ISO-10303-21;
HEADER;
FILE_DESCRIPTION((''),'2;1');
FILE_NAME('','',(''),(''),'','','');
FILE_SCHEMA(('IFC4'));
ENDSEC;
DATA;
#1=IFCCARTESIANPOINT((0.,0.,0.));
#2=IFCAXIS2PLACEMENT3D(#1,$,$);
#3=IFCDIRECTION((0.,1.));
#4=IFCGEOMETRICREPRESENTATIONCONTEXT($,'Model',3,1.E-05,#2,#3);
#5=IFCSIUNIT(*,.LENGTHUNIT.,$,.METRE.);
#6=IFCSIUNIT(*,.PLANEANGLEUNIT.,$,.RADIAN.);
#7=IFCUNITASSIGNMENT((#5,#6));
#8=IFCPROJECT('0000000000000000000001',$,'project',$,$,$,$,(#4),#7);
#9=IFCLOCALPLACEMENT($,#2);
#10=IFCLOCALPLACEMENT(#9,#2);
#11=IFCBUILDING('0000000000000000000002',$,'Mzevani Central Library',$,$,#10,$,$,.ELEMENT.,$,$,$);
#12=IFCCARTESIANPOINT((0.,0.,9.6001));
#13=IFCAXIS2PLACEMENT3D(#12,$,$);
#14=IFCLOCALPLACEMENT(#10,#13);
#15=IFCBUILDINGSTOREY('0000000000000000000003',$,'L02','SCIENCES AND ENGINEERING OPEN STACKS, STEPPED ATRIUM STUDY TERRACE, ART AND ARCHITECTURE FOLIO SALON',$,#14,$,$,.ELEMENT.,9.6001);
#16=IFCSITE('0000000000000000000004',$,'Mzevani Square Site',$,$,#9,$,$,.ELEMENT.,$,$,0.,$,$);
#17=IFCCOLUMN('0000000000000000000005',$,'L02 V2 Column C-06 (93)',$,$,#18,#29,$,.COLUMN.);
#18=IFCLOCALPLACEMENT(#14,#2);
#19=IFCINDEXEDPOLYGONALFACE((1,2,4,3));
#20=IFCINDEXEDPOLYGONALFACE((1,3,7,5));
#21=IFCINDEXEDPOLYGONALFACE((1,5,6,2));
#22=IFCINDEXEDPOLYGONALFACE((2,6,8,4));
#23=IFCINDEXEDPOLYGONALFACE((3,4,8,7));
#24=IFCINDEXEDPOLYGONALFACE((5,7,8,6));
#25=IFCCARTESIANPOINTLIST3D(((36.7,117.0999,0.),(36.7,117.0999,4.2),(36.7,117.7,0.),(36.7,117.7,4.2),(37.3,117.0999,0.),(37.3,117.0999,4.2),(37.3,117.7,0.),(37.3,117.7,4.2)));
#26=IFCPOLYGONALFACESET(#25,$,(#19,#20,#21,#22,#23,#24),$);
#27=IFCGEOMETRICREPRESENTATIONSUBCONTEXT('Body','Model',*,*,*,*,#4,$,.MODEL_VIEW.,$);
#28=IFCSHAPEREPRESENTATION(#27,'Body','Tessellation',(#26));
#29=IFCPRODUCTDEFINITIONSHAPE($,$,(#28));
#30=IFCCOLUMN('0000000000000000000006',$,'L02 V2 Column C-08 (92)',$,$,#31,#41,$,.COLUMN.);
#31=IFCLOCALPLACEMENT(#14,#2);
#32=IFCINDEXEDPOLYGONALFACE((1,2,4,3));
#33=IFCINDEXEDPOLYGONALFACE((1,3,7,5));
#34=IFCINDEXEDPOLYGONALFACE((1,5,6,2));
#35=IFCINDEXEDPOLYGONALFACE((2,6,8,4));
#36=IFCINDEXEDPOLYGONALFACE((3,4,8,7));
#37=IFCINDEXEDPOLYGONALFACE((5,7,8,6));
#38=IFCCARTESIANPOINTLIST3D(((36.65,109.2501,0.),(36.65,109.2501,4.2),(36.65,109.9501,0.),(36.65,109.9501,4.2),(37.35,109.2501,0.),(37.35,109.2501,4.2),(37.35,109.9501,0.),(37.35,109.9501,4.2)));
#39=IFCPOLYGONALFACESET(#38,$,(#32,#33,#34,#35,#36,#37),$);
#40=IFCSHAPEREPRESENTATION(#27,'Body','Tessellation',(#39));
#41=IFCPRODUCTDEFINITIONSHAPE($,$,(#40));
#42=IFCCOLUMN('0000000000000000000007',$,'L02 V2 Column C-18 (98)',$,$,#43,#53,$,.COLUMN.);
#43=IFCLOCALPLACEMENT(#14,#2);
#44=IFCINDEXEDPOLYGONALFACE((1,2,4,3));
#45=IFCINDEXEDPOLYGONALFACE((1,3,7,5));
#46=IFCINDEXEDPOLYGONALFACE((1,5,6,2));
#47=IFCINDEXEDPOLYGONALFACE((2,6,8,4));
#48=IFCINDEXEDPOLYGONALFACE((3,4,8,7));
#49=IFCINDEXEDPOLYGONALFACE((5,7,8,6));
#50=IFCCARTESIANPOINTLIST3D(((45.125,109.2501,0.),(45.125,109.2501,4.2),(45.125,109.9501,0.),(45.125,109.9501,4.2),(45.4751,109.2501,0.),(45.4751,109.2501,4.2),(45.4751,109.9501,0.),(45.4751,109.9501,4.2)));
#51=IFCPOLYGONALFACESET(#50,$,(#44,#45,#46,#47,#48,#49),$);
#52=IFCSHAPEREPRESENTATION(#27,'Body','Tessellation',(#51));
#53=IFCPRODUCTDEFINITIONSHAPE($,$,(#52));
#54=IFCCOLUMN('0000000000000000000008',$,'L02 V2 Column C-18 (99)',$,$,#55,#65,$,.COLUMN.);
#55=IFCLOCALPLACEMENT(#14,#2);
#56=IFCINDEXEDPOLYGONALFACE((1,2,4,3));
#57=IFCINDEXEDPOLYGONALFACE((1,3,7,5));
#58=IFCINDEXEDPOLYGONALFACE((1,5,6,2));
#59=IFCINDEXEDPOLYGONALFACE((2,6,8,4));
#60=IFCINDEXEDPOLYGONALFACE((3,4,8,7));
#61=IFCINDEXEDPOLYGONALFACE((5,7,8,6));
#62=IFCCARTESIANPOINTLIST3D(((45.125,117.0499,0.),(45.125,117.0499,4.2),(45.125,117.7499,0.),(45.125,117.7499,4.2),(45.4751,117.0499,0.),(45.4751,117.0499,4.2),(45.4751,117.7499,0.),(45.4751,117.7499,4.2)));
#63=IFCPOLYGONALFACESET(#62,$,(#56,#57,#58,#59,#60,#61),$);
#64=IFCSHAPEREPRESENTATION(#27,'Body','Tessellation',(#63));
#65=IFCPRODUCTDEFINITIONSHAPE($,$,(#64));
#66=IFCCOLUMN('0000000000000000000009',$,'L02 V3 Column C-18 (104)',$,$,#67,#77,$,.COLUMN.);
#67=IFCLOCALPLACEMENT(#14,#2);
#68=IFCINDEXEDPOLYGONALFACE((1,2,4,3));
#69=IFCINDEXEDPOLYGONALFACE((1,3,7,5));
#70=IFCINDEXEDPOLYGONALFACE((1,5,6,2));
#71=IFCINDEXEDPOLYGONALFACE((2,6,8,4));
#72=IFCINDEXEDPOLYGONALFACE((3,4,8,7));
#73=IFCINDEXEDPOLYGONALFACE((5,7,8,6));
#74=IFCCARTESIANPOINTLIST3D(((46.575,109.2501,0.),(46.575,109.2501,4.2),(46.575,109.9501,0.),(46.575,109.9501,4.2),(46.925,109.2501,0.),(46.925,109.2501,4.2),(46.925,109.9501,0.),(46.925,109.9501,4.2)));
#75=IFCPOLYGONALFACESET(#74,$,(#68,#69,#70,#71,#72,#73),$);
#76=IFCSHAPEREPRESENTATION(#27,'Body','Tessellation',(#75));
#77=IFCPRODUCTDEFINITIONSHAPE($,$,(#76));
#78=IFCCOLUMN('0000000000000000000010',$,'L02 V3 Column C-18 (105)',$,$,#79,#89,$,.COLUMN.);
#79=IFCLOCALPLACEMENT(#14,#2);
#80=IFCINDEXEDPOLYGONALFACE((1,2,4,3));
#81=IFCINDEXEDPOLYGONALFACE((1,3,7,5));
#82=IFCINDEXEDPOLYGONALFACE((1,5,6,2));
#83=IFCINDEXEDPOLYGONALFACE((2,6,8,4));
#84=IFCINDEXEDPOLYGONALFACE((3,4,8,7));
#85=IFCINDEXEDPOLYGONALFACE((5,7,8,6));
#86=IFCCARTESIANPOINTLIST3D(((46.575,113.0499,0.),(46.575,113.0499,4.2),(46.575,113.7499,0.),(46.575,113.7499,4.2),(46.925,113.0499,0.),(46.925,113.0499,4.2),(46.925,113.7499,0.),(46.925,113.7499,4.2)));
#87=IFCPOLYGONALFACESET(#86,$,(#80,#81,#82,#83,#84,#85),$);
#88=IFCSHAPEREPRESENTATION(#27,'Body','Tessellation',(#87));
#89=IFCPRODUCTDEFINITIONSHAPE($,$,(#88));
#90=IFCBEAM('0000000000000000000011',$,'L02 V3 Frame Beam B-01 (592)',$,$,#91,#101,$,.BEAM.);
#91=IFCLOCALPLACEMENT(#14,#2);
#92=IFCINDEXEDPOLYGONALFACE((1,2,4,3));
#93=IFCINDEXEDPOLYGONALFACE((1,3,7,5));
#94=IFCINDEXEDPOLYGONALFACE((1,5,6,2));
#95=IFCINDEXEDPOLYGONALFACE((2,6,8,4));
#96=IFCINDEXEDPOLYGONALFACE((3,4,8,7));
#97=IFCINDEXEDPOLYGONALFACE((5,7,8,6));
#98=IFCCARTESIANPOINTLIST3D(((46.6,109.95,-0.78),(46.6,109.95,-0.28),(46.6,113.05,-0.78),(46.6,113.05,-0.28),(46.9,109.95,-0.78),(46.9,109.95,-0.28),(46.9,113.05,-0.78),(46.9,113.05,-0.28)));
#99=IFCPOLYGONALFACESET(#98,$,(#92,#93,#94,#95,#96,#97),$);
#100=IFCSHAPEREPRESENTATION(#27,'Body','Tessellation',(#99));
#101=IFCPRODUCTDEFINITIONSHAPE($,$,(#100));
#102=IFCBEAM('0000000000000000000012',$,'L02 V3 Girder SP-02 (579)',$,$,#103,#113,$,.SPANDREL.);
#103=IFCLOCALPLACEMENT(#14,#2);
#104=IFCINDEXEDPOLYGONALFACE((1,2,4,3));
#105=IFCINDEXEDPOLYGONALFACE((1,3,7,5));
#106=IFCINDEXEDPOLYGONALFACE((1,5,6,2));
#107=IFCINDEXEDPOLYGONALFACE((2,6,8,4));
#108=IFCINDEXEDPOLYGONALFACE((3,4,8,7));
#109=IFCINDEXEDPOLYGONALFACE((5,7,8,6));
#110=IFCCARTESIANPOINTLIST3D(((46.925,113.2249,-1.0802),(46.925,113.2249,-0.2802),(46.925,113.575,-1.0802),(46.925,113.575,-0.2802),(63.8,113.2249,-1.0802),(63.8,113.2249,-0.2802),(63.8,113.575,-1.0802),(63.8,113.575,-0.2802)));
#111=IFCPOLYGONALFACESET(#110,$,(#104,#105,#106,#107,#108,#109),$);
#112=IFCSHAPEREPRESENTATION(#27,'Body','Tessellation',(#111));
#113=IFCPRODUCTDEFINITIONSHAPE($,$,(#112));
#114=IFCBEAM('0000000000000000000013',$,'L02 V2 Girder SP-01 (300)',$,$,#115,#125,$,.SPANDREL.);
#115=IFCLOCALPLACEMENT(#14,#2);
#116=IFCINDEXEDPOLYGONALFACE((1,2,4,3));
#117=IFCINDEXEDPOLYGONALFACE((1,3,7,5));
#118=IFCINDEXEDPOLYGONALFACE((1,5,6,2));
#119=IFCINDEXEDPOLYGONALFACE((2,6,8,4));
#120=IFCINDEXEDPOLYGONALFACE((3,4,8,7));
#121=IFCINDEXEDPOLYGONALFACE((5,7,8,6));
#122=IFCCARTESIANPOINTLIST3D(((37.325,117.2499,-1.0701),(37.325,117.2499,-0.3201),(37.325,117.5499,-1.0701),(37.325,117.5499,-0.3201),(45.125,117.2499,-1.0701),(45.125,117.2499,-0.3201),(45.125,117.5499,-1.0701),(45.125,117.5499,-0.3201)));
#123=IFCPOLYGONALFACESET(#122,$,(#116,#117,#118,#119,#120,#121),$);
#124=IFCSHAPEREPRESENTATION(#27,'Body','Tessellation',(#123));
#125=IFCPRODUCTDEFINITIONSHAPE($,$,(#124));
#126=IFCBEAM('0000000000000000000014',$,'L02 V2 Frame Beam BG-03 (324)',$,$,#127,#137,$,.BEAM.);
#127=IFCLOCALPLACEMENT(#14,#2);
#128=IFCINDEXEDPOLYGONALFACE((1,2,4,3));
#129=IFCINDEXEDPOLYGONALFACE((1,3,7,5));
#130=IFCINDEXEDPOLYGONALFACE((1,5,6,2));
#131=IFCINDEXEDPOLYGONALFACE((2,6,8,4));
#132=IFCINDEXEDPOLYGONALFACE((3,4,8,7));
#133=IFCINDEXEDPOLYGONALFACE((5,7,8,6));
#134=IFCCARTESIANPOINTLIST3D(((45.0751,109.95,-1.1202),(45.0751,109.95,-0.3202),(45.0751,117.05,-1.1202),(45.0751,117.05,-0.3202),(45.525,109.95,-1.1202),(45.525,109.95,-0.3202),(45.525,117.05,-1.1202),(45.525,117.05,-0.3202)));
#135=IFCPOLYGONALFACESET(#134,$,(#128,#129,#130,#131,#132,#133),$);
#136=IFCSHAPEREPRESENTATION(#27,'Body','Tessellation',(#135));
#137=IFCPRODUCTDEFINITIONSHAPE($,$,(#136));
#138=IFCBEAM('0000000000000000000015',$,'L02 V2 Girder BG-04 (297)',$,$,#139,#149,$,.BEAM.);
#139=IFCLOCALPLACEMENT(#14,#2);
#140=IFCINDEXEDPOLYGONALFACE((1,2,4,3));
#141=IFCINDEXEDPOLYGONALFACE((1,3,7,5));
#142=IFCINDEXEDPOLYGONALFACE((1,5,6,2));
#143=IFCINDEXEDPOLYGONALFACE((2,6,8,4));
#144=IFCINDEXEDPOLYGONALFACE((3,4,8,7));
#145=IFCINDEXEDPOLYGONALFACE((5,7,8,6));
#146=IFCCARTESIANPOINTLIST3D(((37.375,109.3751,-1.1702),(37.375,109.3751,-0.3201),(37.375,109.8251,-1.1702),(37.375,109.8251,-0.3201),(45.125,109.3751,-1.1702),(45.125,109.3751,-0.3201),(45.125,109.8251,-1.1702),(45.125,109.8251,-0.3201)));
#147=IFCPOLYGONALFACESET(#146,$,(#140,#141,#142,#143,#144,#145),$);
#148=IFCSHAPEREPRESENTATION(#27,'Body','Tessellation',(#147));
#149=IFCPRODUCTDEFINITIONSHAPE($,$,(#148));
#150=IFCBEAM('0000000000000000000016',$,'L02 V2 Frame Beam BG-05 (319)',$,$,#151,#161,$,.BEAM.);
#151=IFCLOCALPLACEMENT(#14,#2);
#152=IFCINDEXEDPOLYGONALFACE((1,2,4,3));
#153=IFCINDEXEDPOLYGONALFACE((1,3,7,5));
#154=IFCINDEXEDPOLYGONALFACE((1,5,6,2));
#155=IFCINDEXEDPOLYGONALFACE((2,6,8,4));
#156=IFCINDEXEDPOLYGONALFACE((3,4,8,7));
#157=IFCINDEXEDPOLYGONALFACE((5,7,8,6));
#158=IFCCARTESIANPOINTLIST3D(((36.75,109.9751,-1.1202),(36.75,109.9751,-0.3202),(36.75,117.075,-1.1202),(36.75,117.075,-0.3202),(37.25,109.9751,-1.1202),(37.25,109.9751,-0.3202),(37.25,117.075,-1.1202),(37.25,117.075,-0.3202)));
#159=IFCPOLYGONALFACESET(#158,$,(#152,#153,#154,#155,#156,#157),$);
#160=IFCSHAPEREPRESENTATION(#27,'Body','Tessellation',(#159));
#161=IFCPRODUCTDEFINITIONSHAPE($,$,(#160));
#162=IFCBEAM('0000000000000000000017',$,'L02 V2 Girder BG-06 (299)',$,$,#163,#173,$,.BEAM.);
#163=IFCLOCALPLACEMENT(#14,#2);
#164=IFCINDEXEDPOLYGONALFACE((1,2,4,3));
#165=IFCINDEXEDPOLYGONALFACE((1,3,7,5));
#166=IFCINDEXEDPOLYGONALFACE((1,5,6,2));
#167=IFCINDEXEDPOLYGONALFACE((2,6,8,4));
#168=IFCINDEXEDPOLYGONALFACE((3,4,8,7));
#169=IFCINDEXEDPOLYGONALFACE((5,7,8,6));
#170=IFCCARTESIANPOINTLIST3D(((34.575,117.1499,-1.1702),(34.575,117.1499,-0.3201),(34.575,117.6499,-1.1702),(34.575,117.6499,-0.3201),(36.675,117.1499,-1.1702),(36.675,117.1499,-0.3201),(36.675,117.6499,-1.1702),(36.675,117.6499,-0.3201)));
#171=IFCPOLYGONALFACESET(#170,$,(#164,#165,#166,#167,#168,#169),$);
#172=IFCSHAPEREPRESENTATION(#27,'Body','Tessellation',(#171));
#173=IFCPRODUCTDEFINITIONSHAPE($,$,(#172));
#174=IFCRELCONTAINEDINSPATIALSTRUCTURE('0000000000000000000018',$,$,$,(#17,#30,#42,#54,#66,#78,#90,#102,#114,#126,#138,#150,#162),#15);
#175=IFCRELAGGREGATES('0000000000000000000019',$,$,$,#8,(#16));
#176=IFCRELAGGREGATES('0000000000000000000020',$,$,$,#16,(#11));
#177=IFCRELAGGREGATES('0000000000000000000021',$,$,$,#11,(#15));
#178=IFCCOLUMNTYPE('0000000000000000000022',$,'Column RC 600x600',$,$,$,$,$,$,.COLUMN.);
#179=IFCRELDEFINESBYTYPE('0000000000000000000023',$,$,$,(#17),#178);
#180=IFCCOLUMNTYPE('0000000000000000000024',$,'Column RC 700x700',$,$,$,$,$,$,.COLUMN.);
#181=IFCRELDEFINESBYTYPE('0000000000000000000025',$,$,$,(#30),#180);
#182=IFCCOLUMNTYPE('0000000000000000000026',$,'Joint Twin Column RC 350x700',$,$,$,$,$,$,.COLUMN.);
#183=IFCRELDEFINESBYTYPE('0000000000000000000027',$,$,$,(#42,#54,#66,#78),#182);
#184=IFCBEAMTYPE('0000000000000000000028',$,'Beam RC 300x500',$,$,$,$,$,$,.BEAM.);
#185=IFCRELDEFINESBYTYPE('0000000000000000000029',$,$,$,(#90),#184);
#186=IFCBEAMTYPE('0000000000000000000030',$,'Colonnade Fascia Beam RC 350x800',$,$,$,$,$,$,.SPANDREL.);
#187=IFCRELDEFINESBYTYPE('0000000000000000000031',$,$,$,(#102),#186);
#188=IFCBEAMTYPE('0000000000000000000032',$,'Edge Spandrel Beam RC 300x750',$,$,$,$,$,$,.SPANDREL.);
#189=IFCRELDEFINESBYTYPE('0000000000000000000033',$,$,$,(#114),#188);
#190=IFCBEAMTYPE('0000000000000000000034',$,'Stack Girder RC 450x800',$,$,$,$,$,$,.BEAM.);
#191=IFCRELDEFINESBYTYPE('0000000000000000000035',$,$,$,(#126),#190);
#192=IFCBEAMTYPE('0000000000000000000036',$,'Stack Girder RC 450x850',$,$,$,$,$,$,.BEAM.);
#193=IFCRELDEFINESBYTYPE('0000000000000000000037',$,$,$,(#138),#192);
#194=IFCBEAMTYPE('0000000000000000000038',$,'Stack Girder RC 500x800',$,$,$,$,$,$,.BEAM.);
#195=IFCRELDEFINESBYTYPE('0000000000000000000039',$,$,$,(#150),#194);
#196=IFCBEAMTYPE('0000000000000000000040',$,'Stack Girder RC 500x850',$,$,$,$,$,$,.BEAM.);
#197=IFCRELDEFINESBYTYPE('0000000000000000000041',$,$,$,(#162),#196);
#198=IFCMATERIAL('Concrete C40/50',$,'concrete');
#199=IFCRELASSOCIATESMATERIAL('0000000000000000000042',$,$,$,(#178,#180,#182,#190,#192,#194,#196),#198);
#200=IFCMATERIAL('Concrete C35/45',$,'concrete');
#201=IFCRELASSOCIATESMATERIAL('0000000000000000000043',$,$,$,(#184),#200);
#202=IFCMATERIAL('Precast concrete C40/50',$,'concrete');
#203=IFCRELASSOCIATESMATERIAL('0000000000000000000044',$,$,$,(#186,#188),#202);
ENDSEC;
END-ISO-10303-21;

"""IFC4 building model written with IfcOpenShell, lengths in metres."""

from ifc_helpers import new_model, si_unit, direction, frame, origin, origin_2d, place, context, subcontext, project, spatial, rectangle, extrude, material, material_profile, profile_set, type_object, element, save


model = new_model("IFC4")

# Units and contexts
model_context = context("Model", 3, precision=1e-05, world=origin(), true_north=direction((0.0, 1.0)))
body_context = subcontext(model_context, "Body", "Model", "MODEL_VIEW")
ifc_project = project(units=[si_unit("LENGTHUNIT", "METRE"), si_unit("PLANEANGLEUNIT", "RADIAN")], contexts=[model_context])

# Site, building, storey
site_placement = place(None, origin())
site = spatial("IfcSite", under=ifc_project, at=site_placement, Name="Mzevani Square Site", CompositionType="ELEMENT", RefElevation=0.0)
building_placement = place(site_placement, origin())
building = spatial("IfcBuilding", under=site, at=building_placement, Name="Mzevani Central Library", CompositionType="ELEMENT")
storey_placement = place(building_placement, frame((0.0, 0.0, 9.6001)))
storey = spatial("IfcBuildingStorey", under=building, at=storey_placement, Name="L02", Description="SCIENCES AND ENGINEERING OPEN STACKS, STEPPED ATRIUM STUDY TERRACE, ART AND ARCHITECTURE FOLIO SALON", CompositionType="ELEMENT", Elevation=9.6001)

# Columns
ifc_material_1 = material(Name="Concrete C40/50", Category="concrete")
ifc_material_profile_1 = material_profile(ifc_material_1, rectangle(XDim=0.6001, YDim=0.6001, at=origin_2d()), Name="RC 600x600")
ifc_profile_set_1 = profile_set([ifc_material_profile_1], Name="Concrete C40/50")
column_type_1 = type_object("IfcColumnType", Name="Column RC 600x600", PredefinedType="COLUMN", material=ifc_profile_set_1)
column_1_placement = place(storey_placement, frame((37.0, 117.3999, 0.0), z_axis=(0.0, 0.0, 1.0), x_axis=(1.0, 0.0, 0.0)))
element("IfcColumn", 1, at=column_1_placement, inside=storey, type_object=column_type_1, Name="L02 V2 Column C-06 (93)", PredefinedType="COLUMN", context=body_context, shape_type="SweptSolid", body=[
    extrude(rectangle(XDim=0.6001, YDim=0.6001, at=origin_2d()), origin(), (0.0, 0.0, 1.0), 4.2),
])
ifc_material_profile_2 = material_profile(ifc_material_1, rectangle(XDim=0.7, YDim=0.7, at=origin_2d()), Name="RC 700x700")
ifc_profile_set_2 = profile_set([ifc_material_profile_2], Name="Concrete C40/50")
column_type_2 = type_object("IfcColumnType", Name="Column RC 700x700", PredefinedType="COLUMN", material=ifc_profile_set_2)
column_2_placement = place(storey_placement, frame((37.0, 109.6001, 0.0), z_axis=(0.0, 0.0, 1.0), x_axis=(1.0, 0.0, 0.0)))
element("IfcColumn", 2, at=column_2_placement, inside=storey, type_object=column_type_2, Name="L02 V2 Column C-08 (92)", PredefinedType="COLUMN", context=body_context, shape_type="SweptSolid", body=[
    extrude(rectangle(XDim=0.7, YDim=0.7, at=origin_2d()), origin(), (0.0, 0.0, 1.0), 4.2),
])
ifc_material_profile_3 = material_profile(ifc_material_1, rectangle(XDim=0.3501, YDim=0.7, at=origin_2d()), Name="RC 350x700")
ifc_profile_set_3 = profile_set([ifc_material_profile_3], Name="Concrete C40/50")
column_type_3 = type_object("IfcColumnType", Name="Joint Twin Column RC 350x700", PredefinedType="COLUMN", material=ifc_profile_set_3)
for number, where, z_axis, x_axis, name in (
    (3, (45.3, 109.6001, 0.0), (0.0, 0.0, 1.0), (1.0, 0.0, 0.0), "L02 V2 Column C-18 (98)"),
    (4, (45.3, 117.3999, 0.0), (0.0, 0.0, 1.0), (1.0, 0.0, 0.0), "L02 V2 Column C-18 (99)"),
    (5, (46.75, 109.6001, 0.0), (0.0, 0.0, 1.0), (1.0, 0.0, 0.0), "L02 V3 Column C-18 (104)"),
    (6, (46.75, 113.3999, 0.0), (0.0, 0.0, 1.0), (1.0, 0.0, 0.0), "L02 V3 Column C-18 (105)"),
):
    element("IfcColumn", number, at=place(storey_placement, frame(where, z_axis=z_axis, x_axis=x_axis)), inside=storey, type_object=column_type_3, Name=name, PredefinedType="COLUMN", context=body_context, shape_type="SweptSolid", body=[
        extrude(rectangle(XDim=0.3501, YDim=0.7, at=origin_2d()), origin(), (0.0, 0.0, 1.0), 4.2),
    ])

# Beams
ifc_material_2 = material(Name="Concrete C35/45", Category="concrete")
ifc_material_profile_4 = material_profile(ifc_material_2, rectangle(XDim=0.3, YDim=0.5, at=origin_2d()), Name="RC B300x500")
ifc_profile_set_4 = profile_set([ifc_material_profile_4], Name="Concrete C35/45")
beam_type_1 = type_object("IfcBeamType", Name="Beam RC 300x500", PredefinedType="BEAM", material=ifc_profile_set_4)
beam_1_placement = place(storey_placement, frame((46.75, 109.95, -0.53), z_axis=(0.0, 1.0, 0.0), x_axis=(-1.0, 0.0, 0.0)))
element("IfcBeam", 7, at=beam_1_placement, inside=storey, type_object=beam_type_1, Name="L02 V3 Frame Beam B-01 (592)", PredefinedType="BEAM", context=body_context, shape_type="SweptSolid", body=[
    extrude(rectangle(XDim=0.3, YDim=0.5, at=origin_2d()), origin(), (0.0, 0.0, 1.0), 3.1001),
])
ifc_material_3 = material(Name="Precast concrete C40/50", Category="concrete")
ifc_material_profile_5 = material_profile(ifc_material_3, rectangle(XDim=0.3501, YDim=0.8, at=origin_2d()), Name="RC SP350x800")
ifc_profile_set_5 = profile_set([ifc_material_profile_5], Name="Precast concrete C40/50")
beam_type_2 = type_object("IfcBeamType", Name="Colonnade Fascia Beam RC 350x800", PredefinedType="SPANDREL", material=ifc_profile_set_5)
beam_2_placement = place(storey_placement, frame((46.925, 113.3999, -0.6802), z_axis=(1.0, 0.0, 0.0), x_axis=(0.0, 1.0, 0.0)))
element("IfcBeam", 8, at=beam_2_placement, inside=storey, type_object=beam_type_2, Name="L02 V3 Girder SP-02 (579)", PredefinedType="SPANDREL", context=body_context, shape_type="SweptSolid", body=[
    extrude(rectangle(XDim=0.3501, YDim=0.8, at=origin_2d()), origin(), (0.0, 0.0, 1.0), 16.875),
])
ifc_material_profile_6 = material_profile(ifc_material_3, rectangle(XDim=0.3, YDim=0.75, at=origin_2d()), Name="RC SP300x750")
ifc_profile_set_6 = profile_set([ifc_material_profile_6], Name="Precast concrete C40/50")
beam_type_3 = type_object("IfcBeamType", Name="Edge Spandrel Beam RC 300x750", PredefinedType="SPANDREL", material=ifc_profile_set_6)
beam_3_placement = place(storey_placement, frame((37.325, 117.3999, -0.6951), z_axis=(1.0, 0.0, 0.0), x_axis=(0.0, 1.0, 0.0)))
element("IfcBeam", 9, at=beam_3_placement, inside=storey, type_object=beam_type_3, Name="L02 V2 Girder SP-01 (300)", PredefinedType="SPANDREL", context=body_context, shape_type="SweptSolid", body=[
    extrude(rectangle(XDim=0.3, YDim=0.75, at=origin_2d()), origin(), (0.0, 0.0, 1.0), 7.8),
])
ifc_material_profile_7 = material_profile(ifc_material_1, rectangle(XDim=0.45, YDim=0.8, at=origin_2d()), Name="RC B450x800")
ifc_profile_set_7 = profile_set([ifc_material_profile_7], Name="Concrete C40/50")
beam_type_4 = type_object("IfcBeamType", Name="Stack Girder RC 450x800", PredefinedType="BEAM", material=ifc_profile_set_7)
beam_4_placement = place(storey_placement, frame((45.3, 109.95, -0.7202), z_axis=(0.0, 1.0, 0.0), x_axis=(-1.0, 0.0, 0.0)))
element("IfcBeam", 10, at=beam_4_placement, inside=storey, type_object=beam_type_4, Name="L02 V2 Frame Beam BG-03 (324)", PredefinedType="BEAM", context=body_context, shape_type="SweptSolid", body=[
    extrude(rectangle(XDim=0.45, YDim=0.8, at=origin_2d()), origin(), (0.0, 0.0, 1.0), 7.1001),
])
ifc_material_profile_8 = material_profile(ifc_material_1, rectangle(XDim=0.45, YDim=0.8501, at=origin_2d()), Name="RC B450x850")
ifc_profile_set_8 = profile_set([ifc_material_profile_8], Name="Concrete C40/50")
beam_type_5 = type_object("IfcBeamType", Name="Stack Girder RC 450x850", PredefinedType="BEAM", material=ifc_profile_set_8)
beam_5_placement = place(storey_placement, frame((37.375, 109.6001, -0.7451), z_axis=(1.0, 0.0, 0.0), x_axis=(0.0, 1.0, 0.0)))
element("IfcBeam", 11, at=beam_5_placement, inside=storey, type_object=beam_type_5, Name="L02 V2 Girder BG-04 (297)", PredefinedType="BEAM", context=body_context, shape_type="SweptSolid", body=[
    extrude(rectangle(XDim=0.45, YDim=0.8501, at=origin_2d()), origin(), (0.0, 0.0, 1.0), 7.75),
])
ifc_material_profile_9 = material_profile(ifc_material_1, rectangle(XDim=0.5, YDim=0.8, at=origin_2d()), Name="RC B500x800")
ifc_profile_set_9 = profile_set([ifc_material_profile_9], Name="Concrete C40/50")
beam_type_6 = type_object("IfcBeamType", Name="Stack Girder RC 500x800", PredefinedType="BEAM", material=ifc_profile_set_9)
beam_6_placement = place(storey_placement, frame((37.0, 109.9751, -0.7202), z_axis=(0.0, 1.0, 0.0), x_axis=(-1.0, 0.0, 0.0)))
element("IfcBeam", 12, at=beam_6_placement, inside=storey, type_object=beam_type_6, Name="L02 V2 Frame Beam BG-05 (319)", PredefinedType="BEAM", context=body_context, shape_type="SweptSolid", body=[
    extrude(rectangle(XDim=0.5, YDim=0.8, at=origin_2d()), origin(), (0.0, 0.0, 1.0), 7.0999),
])
ifc_material_profile_10 = material_profile(ifc_material_1, rectangle(XDim=0.5, YDim=0.8501, at=origin_2d()), Name="RC B500x850")
ifc_profile_set_10 = profile_set([ifc_material_profile_10], Name="Concrete C40/50")
beam_type_7 = type_object("IfcBeamType", Name="Stack Girder RC 500x850", PredefinedType="BEAM", material=ifc_profile_set_10)
beam_7_placement = place(storey_placement, frame((34.575, 117.3999, -0.7451), z_axis=(1.0, 0.0, 0.0), x_axis=(0.0, 1.0, 0.0)))
element("IfcBeam", 13, at=beam_7_placement, inside=storey, type_object=beam_type_7, Name="L02 V2 Girder BG-06 (299)", PredefinedType="BEAM", context=body_context, shape_type="SweptSolid", body=[
    extrude(rectangle(XDim=0.5, YDim=0.8501, at=origin_2d()), origin(), (0.0, 0.0, 1.0), 2.1001),
])

save(model, "model.ifc")
